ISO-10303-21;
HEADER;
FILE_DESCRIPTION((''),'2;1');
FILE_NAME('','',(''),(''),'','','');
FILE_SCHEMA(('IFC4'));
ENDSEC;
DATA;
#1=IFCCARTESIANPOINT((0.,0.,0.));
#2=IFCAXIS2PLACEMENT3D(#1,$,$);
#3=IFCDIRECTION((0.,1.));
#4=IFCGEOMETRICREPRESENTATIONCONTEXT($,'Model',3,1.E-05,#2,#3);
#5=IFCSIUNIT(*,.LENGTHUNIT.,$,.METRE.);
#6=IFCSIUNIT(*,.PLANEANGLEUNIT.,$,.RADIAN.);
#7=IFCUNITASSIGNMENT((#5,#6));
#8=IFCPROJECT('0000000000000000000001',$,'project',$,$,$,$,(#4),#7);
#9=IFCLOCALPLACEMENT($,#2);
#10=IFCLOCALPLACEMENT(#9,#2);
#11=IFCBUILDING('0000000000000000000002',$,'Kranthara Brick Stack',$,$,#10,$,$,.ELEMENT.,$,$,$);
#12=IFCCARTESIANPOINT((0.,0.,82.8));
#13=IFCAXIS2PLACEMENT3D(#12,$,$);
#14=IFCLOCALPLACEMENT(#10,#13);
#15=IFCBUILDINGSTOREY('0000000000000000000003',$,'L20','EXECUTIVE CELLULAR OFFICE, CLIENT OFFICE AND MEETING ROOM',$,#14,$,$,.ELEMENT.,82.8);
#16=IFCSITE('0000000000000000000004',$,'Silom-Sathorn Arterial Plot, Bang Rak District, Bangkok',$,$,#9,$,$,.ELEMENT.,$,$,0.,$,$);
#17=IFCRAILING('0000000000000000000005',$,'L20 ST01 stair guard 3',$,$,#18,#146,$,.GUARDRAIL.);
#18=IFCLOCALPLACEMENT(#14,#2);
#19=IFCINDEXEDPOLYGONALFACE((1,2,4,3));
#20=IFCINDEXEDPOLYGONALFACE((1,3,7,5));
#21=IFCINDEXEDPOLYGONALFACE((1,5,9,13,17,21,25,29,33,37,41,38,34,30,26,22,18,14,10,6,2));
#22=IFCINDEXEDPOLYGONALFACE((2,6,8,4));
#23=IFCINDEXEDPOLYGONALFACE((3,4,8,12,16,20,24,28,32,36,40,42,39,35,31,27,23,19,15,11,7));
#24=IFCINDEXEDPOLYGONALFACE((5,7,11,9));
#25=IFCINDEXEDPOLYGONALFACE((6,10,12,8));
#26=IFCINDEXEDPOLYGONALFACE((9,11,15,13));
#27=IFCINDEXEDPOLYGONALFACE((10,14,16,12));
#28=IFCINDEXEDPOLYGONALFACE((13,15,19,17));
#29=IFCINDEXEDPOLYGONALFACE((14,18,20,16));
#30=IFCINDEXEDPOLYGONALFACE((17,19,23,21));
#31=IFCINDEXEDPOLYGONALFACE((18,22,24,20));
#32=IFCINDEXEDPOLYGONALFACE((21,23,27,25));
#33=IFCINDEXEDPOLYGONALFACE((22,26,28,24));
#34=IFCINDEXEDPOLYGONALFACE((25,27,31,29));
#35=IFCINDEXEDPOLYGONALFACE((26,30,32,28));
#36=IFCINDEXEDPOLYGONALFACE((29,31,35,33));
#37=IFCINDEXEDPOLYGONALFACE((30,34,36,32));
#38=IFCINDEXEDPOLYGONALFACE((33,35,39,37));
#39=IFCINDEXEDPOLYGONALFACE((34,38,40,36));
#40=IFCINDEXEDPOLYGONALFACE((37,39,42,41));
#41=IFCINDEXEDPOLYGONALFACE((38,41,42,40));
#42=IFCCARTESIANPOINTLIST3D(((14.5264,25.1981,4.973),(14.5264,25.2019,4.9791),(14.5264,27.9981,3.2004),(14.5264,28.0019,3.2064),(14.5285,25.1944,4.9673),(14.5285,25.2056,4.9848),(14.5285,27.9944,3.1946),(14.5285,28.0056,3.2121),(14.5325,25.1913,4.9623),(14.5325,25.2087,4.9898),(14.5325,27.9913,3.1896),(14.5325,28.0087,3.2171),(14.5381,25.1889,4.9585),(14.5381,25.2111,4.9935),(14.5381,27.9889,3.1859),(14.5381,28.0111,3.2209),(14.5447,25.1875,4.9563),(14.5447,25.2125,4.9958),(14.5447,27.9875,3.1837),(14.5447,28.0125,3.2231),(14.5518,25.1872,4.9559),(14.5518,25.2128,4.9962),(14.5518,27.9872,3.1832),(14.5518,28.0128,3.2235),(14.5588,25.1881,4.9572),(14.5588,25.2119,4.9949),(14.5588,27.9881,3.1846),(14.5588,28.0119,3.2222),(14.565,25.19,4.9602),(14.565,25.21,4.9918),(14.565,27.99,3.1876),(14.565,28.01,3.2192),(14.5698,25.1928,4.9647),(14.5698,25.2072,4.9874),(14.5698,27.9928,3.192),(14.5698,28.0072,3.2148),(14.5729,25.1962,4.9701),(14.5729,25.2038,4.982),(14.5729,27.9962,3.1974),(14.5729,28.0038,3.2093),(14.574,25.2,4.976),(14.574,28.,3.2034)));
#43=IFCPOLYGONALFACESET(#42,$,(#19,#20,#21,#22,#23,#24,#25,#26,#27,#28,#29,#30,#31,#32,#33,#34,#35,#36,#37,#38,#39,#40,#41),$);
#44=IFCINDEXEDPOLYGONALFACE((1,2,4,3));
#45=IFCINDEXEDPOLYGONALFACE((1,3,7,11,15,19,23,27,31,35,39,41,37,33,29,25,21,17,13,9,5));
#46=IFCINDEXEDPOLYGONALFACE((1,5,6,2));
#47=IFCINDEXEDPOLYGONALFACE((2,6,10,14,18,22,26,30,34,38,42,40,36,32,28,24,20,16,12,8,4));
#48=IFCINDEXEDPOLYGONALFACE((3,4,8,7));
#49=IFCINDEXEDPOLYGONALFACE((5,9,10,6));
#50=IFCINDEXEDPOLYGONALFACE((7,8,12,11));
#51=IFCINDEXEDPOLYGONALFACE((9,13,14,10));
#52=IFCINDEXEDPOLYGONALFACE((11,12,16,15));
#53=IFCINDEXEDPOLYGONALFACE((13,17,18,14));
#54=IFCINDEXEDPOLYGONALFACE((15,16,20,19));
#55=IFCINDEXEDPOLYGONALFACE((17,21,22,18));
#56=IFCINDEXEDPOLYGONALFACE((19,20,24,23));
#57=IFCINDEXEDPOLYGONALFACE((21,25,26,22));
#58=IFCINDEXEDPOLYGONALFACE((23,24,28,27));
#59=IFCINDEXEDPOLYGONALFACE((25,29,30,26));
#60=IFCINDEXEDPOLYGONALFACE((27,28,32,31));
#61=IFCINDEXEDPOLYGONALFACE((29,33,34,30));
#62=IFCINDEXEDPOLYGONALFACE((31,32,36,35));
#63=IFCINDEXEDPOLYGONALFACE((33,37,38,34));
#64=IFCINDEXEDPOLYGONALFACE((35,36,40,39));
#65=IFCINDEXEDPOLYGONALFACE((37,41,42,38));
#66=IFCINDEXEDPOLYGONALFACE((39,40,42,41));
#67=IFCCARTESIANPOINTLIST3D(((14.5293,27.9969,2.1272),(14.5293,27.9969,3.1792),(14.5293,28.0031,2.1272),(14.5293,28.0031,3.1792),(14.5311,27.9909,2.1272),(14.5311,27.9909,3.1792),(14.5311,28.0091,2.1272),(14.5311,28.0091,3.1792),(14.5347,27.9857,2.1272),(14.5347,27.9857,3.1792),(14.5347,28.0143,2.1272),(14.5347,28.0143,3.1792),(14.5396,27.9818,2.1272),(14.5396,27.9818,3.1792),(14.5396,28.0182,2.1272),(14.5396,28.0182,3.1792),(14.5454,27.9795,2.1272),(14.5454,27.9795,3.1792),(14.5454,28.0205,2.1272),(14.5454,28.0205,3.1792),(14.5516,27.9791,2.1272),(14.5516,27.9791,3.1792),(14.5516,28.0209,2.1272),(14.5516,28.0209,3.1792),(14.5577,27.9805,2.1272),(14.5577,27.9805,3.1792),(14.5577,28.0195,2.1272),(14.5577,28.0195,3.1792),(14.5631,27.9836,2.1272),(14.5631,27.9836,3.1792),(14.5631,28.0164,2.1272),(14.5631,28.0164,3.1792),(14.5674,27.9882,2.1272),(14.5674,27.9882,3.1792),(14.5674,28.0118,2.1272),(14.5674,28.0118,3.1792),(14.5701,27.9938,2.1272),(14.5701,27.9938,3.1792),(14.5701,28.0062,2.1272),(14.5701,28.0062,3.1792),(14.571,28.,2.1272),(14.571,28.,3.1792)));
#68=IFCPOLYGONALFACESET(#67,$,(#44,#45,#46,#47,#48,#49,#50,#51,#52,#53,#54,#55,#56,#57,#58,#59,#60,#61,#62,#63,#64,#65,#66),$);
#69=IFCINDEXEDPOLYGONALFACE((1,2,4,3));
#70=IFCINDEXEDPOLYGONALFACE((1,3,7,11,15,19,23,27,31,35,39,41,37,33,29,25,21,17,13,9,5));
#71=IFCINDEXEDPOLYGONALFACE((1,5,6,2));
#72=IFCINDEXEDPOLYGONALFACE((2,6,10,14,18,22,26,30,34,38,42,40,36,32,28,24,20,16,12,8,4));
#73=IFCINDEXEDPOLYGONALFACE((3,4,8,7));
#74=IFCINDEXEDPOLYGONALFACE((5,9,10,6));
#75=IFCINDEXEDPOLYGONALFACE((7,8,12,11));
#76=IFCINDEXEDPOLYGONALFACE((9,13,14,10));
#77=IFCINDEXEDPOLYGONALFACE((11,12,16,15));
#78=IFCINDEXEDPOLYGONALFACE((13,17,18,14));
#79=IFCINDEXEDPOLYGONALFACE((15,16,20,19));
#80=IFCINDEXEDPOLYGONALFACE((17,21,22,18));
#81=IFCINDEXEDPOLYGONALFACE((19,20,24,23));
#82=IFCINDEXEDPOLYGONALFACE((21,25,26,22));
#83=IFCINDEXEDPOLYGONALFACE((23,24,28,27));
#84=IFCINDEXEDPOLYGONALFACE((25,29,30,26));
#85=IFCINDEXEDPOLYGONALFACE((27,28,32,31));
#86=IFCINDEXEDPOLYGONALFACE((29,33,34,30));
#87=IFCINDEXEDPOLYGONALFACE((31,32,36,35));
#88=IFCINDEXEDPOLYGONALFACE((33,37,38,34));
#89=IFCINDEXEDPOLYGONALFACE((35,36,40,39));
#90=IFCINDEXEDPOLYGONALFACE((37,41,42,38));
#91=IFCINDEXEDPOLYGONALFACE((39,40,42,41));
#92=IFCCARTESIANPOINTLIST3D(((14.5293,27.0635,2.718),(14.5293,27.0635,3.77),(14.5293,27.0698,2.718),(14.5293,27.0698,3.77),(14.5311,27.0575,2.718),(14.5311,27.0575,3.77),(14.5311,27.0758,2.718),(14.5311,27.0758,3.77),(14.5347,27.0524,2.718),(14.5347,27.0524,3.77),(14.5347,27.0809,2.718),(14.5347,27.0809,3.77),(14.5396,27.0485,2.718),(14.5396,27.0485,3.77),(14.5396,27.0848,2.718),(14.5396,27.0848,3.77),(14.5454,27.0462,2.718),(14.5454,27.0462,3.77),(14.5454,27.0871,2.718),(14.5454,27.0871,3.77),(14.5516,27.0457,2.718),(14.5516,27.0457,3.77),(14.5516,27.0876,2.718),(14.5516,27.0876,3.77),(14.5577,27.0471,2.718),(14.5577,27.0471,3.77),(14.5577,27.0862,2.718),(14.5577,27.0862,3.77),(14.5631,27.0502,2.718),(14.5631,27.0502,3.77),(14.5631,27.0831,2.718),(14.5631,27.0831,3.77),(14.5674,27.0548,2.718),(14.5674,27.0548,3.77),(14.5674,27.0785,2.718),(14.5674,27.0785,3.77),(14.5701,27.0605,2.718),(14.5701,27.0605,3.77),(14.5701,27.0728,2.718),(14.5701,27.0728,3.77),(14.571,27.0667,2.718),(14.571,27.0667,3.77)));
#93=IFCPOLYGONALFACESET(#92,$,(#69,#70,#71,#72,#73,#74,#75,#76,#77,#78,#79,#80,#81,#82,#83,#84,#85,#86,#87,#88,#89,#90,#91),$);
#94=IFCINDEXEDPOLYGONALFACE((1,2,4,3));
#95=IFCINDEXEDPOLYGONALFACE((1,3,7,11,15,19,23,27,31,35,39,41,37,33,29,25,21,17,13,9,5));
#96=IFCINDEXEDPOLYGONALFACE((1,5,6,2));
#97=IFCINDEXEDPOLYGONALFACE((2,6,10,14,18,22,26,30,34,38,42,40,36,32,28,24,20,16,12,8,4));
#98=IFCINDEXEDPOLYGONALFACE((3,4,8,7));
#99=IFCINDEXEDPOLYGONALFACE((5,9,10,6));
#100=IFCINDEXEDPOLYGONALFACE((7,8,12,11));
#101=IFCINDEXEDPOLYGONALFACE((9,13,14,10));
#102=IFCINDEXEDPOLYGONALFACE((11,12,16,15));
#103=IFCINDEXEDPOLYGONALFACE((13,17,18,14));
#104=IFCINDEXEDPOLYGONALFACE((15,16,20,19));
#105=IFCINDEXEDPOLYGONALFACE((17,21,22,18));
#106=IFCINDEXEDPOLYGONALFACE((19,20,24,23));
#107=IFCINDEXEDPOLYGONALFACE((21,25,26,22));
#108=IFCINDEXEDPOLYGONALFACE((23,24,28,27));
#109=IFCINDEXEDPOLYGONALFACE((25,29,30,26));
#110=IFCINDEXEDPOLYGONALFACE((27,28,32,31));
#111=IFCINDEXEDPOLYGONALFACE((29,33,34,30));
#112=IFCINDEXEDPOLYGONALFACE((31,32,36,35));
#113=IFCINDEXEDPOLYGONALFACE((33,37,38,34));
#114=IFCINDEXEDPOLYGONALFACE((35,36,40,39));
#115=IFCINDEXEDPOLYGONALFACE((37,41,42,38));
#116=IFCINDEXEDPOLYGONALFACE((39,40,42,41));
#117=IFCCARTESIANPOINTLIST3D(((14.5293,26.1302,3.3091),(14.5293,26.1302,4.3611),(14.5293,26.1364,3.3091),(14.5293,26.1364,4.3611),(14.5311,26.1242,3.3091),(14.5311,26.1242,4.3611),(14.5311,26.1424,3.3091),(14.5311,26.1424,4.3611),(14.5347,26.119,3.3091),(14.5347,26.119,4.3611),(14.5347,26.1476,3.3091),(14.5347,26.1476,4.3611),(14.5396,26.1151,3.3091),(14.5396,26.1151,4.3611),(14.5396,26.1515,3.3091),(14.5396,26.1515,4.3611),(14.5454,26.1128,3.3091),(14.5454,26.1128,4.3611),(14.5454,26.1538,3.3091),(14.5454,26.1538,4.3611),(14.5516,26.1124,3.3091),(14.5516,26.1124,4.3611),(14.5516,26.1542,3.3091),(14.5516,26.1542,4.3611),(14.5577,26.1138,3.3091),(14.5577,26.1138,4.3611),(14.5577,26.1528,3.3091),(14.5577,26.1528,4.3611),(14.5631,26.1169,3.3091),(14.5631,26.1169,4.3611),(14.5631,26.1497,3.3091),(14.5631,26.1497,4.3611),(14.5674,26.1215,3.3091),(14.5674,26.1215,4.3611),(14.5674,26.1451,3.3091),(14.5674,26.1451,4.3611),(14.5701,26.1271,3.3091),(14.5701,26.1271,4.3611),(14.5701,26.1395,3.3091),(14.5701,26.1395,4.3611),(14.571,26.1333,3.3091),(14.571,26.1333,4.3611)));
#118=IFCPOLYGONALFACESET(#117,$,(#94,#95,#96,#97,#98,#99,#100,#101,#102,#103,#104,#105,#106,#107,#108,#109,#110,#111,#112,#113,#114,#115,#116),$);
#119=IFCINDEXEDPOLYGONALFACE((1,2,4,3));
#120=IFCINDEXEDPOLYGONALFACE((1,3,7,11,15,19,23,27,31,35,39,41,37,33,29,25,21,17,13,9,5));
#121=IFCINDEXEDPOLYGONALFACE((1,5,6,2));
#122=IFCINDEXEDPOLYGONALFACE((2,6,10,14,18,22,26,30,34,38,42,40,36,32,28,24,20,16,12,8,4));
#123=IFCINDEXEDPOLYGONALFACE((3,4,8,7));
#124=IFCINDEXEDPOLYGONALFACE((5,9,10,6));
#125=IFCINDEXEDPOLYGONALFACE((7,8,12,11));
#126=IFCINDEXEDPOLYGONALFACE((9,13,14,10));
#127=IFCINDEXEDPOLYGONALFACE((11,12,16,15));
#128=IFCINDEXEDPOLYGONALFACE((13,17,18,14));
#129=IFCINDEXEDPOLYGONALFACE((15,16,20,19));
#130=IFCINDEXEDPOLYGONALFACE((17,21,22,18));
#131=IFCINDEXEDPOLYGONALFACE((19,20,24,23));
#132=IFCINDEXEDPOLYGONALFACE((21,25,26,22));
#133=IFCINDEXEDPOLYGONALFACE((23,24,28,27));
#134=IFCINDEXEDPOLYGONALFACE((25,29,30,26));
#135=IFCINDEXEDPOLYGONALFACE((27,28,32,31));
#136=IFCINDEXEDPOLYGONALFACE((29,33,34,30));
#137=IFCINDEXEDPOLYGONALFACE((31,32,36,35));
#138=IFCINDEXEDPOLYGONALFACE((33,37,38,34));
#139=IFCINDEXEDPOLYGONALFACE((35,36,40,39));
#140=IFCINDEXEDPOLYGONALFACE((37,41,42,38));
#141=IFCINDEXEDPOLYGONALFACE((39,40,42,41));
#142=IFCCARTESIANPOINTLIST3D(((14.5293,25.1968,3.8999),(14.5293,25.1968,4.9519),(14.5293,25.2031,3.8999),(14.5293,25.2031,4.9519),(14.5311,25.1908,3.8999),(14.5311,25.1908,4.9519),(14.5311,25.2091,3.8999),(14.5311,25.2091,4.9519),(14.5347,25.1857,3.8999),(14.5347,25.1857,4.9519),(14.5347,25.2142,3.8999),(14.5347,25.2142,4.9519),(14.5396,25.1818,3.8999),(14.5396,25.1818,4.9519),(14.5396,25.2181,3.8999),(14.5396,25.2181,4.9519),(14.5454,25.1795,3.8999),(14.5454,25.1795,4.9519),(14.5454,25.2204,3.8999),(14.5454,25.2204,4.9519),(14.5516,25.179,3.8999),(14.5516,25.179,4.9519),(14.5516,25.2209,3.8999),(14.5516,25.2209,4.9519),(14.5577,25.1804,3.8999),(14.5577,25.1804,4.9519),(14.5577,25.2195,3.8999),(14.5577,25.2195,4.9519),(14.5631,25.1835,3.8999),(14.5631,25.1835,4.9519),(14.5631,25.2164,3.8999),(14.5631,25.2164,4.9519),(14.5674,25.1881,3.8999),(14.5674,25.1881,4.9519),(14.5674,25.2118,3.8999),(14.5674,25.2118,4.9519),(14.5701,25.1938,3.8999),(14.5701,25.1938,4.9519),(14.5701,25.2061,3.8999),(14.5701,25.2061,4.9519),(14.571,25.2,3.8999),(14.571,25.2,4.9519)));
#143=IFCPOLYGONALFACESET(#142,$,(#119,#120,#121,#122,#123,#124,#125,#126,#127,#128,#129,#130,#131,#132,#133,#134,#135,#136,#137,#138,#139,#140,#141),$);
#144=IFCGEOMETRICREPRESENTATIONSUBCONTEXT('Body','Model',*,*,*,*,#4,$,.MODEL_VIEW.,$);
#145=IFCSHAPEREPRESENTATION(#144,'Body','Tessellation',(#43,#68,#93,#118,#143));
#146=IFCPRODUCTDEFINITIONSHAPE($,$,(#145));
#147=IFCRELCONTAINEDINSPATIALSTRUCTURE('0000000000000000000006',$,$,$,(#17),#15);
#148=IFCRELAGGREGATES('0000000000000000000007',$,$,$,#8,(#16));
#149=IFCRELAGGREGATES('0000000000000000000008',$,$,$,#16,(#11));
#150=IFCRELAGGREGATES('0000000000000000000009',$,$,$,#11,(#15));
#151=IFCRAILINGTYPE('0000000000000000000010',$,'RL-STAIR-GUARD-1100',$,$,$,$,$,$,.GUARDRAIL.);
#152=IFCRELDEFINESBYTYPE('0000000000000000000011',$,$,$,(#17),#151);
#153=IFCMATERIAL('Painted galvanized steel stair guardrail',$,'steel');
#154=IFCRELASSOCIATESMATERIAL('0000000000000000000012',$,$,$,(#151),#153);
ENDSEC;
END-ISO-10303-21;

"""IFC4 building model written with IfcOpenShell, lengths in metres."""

from ifc_helpers import new_model, si_unit, direction, frame, origin, origin_2d, place, context, subcontext, project, spatial, circle, extrude, material, type_object, element, save


model = new_model("IFC4")

# Units and contexts
model_context = context("Model", 3, precision=1e-05, world=origin(), true_north=direction((0.0, 1.0)))
body_context = subcontext(model_context, "Body", "Model", "MODEL_VIEW")
ifc_project = project(units=[si_unit("LENGTHUNIT", "METRE"), si_unit("PLANEANGLEUNIT", "RADIAN")], contexts=[model_context])

# Site, building, storey
site_placement = place(None, origin())
site = spatial("IfcSite", under=ifc_project, at=site_placement, Name="Silom-Sathorn Arterial Plot, Bang Rak District, Bangkok", CompositionType="ELEMENT", RefElevation=0.0)
building_placement = place(site_placement, origin())
building = spatial("IfcBuilding", under=site, at=building_placement, Name="Kranthara Brick Stack", CompositionType="ELEMENT")
storey_placement = place(building_placement, frame((0.0, 0.0, 82.8)))
storey = spatial("IfcBuildingStorey", under=building, at=storey_placement, Name="L20", Description="EXECUTIVE CELLULAR OFFICE, CLIENT OFFICE AND MEETING ROOM", CompositionType="ELEMENT", Elevation=82.8)

# Railing
ifc_material_1 = material(Name="Painted galvanized steel stair guardrail", Category="steel")
railing_type_1 = type_object("IfcRailingType", Name="RL-STAIR-GUARD-1100", PredefinedType="GUARDRAIL", material=ifc_material_1)
railing_1_placement = place(storey_placement, frame((14.55, 28.0, 2.1272)))
element("IfcRailing", 1, at=railing_1_placement, inside=storey, type_object=railing_type_1, Name="L20 ST01 stair guard 3", PredefinedType="GUARDRAIL", context=body_context, shape_type="SweptSolid", body=[
    extrude(circle(Radius=0.0239, at=origin_2d()), frame((0.0, 0.0, 1.0762), z_axis=(0.0, -0.844909, 0.53491), x_axis=(1.0, 0.0, 0.0)), (0.0, 0.0, 1.0), 3.314),
    extrude(circle(Radius=0.021, at=origin_2d()), origin(), (0.0, 0.0, 1.0), 1.052),
    extrude(circle(Radius=0.021, at=origin_2d()), frame((0.0, -0.9333, 0.5908)), (0.0, 0.0, 1.0), 1.052),
    extrude(circle(Radius=0.021, at=origin_2d()), frame((0.0, -1.8667, 1.1819)), (0.0, 0.0, 1.0), 1.052),
    extrude(circle(Radius=0.021, at=origin_2d()), frame((0.0, -2.8, 1.7727)), (0.0, 0.0, 1.0), 1.052),
])

save(model, "model.ifc")
